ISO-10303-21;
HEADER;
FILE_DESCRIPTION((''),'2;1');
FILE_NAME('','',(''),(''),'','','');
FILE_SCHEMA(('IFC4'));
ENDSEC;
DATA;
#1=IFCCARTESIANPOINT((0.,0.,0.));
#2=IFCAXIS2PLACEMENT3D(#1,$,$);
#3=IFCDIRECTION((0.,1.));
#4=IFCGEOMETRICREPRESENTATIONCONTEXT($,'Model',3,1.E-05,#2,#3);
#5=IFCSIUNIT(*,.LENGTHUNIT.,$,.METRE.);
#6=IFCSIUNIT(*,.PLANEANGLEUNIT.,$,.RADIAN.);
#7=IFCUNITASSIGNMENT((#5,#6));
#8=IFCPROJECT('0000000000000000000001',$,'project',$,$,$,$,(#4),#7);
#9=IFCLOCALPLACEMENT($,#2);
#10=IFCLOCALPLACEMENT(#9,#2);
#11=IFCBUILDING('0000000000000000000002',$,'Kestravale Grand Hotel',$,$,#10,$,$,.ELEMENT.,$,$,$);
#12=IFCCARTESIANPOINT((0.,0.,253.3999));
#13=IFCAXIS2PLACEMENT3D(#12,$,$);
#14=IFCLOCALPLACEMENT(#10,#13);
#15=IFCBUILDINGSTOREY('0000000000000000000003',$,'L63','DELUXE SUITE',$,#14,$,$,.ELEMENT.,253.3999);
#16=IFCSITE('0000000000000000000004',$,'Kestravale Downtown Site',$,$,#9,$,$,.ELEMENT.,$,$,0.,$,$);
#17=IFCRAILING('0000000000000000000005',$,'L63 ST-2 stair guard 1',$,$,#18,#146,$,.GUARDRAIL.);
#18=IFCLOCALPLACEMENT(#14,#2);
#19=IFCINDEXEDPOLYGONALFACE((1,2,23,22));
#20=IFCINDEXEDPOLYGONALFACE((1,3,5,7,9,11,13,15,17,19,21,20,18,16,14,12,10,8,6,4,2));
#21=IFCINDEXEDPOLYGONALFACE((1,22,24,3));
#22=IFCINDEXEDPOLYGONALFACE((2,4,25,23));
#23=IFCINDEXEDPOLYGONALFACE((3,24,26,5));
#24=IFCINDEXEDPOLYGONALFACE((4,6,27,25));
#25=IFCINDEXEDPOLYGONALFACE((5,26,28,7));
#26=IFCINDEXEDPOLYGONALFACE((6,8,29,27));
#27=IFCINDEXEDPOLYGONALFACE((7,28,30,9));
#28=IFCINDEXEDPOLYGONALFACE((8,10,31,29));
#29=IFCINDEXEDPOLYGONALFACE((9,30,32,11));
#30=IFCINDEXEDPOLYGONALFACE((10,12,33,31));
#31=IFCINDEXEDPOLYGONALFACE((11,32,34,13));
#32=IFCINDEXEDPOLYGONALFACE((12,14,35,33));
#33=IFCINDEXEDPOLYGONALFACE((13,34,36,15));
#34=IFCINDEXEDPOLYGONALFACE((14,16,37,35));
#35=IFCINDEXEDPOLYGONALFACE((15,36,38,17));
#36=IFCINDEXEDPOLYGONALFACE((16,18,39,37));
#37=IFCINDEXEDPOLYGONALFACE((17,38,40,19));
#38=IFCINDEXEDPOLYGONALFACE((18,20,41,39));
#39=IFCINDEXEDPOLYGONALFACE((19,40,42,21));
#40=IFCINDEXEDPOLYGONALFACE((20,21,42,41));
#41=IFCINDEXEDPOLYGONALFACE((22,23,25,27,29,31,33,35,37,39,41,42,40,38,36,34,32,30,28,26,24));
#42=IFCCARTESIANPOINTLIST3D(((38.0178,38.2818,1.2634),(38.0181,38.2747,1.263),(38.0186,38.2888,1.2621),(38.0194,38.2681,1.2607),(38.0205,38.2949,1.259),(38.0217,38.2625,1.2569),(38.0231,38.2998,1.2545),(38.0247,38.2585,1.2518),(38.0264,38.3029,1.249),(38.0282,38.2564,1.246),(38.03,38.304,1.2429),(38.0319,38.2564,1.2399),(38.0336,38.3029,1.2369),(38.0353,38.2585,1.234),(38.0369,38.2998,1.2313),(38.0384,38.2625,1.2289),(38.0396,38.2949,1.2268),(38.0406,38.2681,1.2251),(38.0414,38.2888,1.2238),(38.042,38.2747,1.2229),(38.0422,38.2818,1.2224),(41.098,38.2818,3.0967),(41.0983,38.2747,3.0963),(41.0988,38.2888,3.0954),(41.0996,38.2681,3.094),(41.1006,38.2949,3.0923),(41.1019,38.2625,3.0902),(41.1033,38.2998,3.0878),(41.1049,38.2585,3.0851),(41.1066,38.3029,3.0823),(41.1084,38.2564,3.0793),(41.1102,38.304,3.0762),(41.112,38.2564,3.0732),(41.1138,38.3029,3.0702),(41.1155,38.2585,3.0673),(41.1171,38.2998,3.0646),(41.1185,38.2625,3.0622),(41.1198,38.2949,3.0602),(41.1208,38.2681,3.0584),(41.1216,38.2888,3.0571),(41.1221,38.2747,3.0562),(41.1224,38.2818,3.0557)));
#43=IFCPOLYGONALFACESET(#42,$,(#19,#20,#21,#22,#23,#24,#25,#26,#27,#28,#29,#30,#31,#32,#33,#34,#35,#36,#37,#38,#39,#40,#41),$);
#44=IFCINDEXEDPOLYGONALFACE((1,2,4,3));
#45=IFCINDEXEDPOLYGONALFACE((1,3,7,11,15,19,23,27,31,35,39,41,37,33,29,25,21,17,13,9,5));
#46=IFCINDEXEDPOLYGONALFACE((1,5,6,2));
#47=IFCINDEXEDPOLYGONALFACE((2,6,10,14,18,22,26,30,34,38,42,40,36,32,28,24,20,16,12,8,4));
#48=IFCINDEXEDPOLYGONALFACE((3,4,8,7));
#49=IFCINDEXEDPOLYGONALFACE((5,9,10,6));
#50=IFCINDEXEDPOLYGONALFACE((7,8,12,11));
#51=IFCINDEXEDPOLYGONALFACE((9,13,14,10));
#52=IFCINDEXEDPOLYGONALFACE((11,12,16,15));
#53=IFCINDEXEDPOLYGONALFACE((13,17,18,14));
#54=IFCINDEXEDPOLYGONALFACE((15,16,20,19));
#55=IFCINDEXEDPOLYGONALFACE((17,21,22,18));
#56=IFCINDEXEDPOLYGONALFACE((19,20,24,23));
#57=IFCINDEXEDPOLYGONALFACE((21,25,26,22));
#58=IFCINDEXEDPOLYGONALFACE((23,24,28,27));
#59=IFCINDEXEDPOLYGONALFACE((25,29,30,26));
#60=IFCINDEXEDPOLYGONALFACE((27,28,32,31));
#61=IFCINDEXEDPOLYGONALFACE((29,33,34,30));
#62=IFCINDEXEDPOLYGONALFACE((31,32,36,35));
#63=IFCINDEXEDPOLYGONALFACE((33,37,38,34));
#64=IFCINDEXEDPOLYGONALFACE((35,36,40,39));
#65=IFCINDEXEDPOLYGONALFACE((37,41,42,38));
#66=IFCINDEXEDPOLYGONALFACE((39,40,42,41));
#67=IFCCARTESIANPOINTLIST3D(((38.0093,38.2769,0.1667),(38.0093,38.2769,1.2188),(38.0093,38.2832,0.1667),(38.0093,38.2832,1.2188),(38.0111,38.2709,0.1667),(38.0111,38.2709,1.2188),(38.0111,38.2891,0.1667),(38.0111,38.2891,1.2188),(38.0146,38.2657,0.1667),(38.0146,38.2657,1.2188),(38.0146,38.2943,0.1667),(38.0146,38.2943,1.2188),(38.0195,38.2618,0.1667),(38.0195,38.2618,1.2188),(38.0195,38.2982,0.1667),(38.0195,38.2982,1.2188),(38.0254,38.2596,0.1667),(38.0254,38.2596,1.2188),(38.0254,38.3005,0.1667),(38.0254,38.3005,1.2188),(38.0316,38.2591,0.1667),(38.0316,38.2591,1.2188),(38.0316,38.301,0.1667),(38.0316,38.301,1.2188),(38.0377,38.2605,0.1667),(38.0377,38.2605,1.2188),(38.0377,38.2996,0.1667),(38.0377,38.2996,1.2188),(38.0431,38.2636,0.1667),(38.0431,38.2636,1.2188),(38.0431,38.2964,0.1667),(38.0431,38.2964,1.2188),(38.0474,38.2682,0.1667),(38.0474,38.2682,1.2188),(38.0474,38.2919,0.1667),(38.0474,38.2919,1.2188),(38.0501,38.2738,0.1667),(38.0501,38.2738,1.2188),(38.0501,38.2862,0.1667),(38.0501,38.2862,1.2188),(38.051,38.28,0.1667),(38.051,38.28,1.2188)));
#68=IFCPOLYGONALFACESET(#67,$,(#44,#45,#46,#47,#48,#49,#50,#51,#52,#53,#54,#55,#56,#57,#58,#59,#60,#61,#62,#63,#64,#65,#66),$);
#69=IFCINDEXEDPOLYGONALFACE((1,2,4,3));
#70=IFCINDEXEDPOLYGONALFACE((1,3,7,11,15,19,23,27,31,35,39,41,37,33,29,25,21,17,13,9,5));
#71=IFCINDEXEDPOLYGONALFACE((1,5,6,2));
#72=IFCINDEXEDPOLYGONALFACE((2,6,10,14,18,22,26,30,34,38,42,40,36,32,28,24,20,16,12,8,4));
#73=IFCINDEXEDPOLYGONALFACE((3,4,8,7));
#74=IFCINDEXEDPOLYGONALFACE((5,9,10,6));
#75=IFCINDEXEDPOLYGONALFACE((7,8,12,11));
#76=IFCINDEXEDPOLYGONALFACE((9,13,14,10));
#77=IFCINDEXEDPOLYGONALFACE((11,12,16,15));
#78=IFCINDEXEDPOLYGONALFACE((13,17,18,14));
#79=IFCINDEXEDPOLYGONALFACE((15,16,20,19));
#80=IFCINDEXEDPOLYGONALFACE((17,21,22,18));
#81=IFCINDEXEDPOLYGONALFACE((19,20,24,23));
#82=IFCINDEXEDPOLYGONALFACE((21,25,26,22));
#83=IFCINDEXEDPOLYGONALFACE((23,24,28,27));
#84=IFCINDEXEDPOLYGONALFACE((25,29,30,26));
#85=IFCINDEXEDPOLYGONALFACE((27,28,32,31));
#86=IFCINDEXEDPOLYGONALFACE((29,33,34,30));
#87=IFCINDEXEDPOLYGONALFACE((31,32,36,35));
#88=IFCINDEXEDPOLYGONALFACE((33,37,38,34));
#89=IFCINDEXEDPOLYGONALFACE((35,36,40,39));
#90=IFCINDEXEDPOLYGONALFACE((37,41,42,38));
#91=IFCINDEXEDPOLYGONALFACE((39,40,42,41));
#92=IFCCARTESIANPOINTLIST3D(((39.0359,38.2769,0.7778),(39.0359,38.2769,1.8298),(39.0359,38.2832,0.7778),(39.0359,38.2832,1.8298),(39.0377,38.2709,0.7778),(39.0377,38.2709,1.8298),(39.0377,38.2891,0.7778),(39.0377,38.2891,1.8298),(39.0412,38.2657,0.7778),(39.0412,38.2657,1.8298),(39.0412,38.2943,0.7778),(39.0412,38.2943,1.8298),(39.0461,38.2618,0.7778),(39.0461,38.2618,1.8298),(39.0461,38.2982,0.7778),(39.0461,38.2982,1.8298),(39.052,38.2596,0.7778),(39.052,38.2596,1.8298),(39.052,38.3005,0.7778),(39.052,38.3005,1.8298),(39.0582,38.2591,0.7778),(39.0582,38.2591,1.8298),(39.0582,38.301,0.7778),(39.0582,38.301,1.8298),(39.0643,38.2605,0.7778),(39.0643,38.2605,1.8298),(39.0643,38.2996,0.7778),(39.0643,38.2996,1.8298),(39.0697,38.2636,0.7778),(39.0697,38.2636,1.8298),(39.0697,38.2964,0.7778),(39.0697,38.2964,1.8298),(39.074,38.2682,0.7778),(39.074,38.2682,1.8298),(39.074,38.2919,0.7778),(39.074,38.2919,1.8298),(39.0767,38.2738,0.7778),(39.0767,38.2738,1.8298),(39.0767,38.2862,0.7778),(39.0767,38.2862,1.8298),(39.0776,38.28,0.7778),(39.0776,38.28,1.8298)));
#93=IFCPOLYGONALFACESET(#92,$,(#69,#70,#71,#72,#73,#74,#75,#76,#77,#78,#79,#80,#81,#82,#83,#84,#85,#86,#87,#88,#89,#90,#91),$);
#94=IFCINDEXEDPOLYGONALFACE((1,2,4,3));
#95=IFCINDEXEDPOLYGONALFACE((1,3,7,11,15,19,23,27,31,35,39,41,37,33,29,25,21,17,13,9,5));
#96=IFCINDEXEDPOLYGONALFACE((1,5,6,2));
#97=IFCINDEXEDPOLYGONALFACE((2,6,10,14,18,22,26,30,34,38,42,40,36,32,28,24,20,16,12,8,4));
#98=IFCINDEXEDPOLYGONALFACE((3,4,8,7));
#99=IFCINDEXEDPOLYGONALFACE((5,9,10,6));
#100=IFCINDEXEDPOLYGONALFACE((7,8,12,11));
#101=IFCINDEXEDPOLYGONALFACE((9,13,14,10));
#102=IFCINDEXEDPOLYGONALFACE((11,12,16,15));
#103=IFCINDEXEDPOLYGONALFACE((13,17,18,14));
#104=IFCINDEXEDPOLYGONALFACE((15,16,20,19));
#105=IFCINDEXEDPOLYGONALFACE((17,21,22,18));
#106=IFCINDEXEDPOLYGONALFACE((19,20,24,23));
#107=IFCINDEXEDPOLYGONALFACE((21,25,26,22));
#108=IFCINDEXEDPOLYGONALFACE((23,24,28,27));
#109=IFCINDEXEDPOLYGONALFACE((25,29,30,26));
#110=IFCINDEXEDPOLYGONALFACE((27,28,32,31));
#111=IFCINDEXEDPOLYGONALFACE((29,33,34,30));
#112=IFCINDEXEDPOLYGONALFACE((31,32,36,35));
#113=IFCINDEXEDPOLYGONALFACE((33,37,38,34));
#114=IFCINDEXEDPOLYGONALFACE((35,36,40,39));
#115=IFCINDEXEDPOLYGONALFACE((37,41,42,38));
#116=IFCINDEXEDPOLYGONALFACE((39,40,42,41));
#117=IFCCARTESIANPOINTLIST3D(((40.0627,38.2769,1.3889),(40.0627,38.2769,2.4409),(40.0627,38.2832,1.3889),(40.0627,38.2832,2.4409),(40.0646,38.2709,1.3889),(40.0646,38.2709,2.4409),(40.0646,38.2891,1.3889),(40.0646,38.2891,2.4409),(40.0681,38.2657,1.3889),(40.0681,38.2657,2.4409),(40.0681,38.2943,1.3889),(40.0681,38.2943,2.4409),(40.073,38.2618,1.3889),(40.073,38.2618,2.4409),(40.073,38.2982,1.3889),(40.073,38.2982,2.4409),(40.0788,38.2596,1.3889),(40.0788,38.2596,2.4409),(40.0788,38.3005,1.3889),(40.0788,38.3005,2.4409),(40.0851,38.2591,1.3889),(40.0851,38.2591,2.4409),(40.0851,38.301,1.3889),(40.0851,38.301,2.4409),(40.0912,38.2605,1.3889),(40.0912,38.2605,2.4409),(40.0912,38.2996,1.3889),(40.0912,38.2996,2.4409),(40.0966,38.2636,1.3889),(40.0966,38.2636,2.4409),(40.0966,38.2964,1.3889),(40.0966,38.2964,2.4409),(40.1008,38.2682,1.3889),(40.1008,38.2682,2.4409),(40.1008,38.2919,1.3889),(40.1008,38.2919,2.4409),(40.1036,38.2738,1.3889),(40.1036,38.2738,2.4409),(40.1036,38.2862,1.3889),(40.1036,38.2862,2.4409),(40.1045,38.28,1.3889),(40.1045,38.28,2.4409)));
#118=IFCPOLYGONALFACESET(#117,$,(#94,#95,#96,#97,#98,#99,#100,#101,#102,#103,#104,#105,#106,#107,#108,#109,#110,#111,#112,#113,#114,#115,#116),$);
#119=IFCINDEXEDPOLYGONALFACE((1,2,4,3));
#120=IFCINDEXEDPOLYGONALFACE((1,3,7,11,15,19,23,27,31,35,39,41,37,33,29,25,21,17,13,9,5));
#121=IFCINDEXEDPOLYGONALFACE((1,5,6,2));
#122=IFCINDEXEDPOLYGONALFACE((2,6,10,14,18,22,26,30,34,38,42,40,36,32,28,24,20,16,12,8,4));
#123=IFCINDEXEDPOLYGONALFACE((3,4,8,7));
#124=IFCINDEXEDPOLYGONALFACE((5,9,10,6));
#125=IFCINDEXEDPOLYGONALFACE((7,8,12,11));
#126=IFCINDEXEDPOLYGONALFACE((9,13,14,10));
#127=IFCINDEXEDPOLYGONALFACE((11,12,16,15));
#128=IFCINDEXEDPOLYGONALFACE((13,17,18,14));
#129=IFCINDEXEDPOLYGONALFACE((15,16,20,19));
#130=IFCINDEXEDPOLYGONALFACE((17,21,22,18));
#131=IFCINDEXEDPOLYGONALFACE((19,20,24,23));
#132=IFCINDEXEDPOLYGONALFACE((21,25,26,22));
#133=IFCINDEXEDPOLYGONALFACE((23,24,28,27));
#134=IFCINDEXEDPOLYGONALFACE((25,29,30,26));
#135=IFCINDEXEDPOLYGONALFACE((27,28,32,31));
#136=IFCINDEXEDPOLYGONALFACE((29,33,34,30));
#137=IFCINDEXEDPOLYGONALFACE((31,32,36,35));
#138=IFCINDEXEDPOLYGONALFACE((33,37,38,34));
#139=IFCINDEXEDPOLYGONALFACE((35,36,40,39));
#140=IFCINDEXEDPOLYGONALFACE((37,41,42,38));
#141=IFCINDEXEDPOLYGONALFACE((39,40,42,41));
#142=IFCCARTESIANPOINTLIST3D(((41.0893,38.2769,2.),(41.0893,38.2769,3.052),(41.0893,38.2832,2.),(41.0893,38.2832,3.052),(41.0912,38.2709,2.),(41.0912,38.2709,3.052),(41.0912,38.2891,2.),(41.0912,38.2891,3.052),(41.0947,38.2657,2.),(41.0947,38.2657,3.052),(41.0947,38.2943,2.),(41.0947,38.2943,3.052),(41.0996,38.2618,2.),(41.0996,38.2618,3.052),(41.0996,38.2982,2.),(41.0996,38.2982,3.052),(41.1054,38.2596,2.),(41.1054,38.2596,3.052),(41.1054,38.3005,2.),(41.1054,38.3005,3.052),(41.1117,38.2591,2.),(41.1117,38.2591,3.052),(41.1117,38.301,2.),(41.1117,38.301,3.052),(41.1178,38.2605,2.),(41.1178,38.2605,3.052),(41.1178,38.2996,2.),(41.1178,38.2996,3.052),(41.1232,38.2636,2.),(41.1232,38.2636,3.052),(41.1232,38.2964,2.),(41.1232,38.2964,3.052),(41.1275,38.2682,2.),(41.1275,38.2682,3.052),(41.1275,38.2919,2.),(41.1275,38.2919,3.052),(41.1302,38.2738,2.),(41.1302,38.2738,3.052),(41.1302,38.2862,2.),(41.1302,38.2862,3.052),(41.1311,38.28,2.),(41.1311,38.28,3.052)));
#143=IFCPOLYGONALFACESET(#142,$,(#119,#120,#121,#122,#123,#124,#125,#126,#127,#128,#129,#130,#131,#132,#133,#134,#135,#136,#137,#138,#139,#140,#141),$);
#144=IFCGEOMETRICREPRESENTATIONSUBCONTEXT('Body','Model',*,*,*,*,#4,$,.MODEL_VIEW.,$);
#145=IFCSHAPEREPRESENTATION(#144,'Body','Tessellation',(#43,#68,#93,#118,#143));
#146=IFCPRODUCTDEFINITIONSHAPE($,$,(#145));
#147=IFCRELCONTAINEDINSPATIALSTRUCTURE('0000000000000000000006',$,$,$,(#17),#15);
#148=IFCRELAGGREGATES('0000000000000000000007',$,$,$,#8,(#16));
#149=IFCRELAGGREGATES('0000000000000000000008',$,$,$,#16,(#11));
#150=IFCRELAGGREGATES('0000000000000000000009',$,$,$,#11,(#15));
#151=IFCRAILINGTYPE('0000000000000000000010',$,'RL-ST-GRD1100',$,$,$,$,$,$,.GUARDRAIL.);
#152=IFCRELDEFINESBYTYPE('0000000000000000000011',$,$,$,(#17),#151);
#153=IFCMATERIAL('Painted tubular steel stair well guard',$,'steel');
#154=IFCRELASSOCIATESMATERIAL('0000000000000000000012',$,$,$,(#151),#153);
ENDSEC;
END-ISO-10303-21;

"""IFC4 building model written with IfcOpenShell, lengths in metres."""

from ifc_helpers import new_model, si_unit, direction, frame, origin, origin_2d, place, context, subcontext, project, spatial, circle, extrude, material, type_object, element, save


model = new_model("IFC4")

# Units and contexts
model_context = context("Model", 3, precision=1e-05, world=origin(), true_north=direction((0.0, 1.0)))
body_context = subcontext(model_context, "Body", "Model", "MODEL_VIEW")
ifc_project = project(units=[si_unit("LENGTHUNIT", "METRE"), si_unit("PLANEANGLEUNIT", "RADIAN")], contexts=[model_context])

# Site, building, storey
site_placement = place(None, origin())
site = spatial("IfcSite", under=ifc_project, at=site_placement, Name="Kestravale Downtown Site", CompositionType="ELEMENT", RefElevation=0.0)
building_placement = place(site_placement, origin())
building = spatial("IfcBuilding", under=site, at=building_placement, Name="Kestravale Grand Hotel", CompositionType="ELEMENT")
storey_placement = place(building_placement, frame((0.0, 0.0, 253.3999)))
storey = spatial("IfcBuildingStorey", under=building, at=storey_placement, Name="L63", Description="DELUXE SUITE", CompositionType="ELEMENT", Elevation=253.3999)

# Railing
ifc_material_1 = material(Name="Painted tubular steel stair well guard", Category="steel")
railing_type_1 = type_object("IfcRailingType", Name="RL-ST-GRD1100", PredefinedType="GUARDRAIL", material=ifc_material_1)
railing_1_placement = place(storey_placement, frame((38.03, 38.28, 0.1667)))
element("IfcRailing", 1, at=railing_1_placement, inside=storey, type_object=railing_type_1, Name="L63 ST-2 stair guard 1", PredefinedType="GUARDRAIL", context=body_context, shape_type="SweptSolid", body=[
    extrude(circle(Radius=0.0239, at=origin_2d()), frame((0.0, 0.0, 1.0762), z_axis=(0.859309, 0.0, 0.511458), x_axis=(0.0, 1.0, 0.0)), (0.0, 0.0, 1.0), 3.5845),
    extrude(circle(Radius=0.021, at=origin_2d()), origin(), (0.0, 0.0, 1.0), 1.052),
    extrude(circle(Radius=0.021, at=origin_2d()), frame((1.0266, 0.0, 0.6111)), (0.0, 0.0, 1.0), 1.052),
    extrude(circle(Radius=0.021, at=origin_2d()), frame((2.0535, 0.0, 1.2222)), (0.0, 0.0, 1.0), 1.052),
    extrude(circle(Radius=0.021, at=origin_2d()), frame((3.0801, 0.0, 1.8333)), (0.0, 0.0, 1.0), 1.052),
])

save(model, "model.ifc")
